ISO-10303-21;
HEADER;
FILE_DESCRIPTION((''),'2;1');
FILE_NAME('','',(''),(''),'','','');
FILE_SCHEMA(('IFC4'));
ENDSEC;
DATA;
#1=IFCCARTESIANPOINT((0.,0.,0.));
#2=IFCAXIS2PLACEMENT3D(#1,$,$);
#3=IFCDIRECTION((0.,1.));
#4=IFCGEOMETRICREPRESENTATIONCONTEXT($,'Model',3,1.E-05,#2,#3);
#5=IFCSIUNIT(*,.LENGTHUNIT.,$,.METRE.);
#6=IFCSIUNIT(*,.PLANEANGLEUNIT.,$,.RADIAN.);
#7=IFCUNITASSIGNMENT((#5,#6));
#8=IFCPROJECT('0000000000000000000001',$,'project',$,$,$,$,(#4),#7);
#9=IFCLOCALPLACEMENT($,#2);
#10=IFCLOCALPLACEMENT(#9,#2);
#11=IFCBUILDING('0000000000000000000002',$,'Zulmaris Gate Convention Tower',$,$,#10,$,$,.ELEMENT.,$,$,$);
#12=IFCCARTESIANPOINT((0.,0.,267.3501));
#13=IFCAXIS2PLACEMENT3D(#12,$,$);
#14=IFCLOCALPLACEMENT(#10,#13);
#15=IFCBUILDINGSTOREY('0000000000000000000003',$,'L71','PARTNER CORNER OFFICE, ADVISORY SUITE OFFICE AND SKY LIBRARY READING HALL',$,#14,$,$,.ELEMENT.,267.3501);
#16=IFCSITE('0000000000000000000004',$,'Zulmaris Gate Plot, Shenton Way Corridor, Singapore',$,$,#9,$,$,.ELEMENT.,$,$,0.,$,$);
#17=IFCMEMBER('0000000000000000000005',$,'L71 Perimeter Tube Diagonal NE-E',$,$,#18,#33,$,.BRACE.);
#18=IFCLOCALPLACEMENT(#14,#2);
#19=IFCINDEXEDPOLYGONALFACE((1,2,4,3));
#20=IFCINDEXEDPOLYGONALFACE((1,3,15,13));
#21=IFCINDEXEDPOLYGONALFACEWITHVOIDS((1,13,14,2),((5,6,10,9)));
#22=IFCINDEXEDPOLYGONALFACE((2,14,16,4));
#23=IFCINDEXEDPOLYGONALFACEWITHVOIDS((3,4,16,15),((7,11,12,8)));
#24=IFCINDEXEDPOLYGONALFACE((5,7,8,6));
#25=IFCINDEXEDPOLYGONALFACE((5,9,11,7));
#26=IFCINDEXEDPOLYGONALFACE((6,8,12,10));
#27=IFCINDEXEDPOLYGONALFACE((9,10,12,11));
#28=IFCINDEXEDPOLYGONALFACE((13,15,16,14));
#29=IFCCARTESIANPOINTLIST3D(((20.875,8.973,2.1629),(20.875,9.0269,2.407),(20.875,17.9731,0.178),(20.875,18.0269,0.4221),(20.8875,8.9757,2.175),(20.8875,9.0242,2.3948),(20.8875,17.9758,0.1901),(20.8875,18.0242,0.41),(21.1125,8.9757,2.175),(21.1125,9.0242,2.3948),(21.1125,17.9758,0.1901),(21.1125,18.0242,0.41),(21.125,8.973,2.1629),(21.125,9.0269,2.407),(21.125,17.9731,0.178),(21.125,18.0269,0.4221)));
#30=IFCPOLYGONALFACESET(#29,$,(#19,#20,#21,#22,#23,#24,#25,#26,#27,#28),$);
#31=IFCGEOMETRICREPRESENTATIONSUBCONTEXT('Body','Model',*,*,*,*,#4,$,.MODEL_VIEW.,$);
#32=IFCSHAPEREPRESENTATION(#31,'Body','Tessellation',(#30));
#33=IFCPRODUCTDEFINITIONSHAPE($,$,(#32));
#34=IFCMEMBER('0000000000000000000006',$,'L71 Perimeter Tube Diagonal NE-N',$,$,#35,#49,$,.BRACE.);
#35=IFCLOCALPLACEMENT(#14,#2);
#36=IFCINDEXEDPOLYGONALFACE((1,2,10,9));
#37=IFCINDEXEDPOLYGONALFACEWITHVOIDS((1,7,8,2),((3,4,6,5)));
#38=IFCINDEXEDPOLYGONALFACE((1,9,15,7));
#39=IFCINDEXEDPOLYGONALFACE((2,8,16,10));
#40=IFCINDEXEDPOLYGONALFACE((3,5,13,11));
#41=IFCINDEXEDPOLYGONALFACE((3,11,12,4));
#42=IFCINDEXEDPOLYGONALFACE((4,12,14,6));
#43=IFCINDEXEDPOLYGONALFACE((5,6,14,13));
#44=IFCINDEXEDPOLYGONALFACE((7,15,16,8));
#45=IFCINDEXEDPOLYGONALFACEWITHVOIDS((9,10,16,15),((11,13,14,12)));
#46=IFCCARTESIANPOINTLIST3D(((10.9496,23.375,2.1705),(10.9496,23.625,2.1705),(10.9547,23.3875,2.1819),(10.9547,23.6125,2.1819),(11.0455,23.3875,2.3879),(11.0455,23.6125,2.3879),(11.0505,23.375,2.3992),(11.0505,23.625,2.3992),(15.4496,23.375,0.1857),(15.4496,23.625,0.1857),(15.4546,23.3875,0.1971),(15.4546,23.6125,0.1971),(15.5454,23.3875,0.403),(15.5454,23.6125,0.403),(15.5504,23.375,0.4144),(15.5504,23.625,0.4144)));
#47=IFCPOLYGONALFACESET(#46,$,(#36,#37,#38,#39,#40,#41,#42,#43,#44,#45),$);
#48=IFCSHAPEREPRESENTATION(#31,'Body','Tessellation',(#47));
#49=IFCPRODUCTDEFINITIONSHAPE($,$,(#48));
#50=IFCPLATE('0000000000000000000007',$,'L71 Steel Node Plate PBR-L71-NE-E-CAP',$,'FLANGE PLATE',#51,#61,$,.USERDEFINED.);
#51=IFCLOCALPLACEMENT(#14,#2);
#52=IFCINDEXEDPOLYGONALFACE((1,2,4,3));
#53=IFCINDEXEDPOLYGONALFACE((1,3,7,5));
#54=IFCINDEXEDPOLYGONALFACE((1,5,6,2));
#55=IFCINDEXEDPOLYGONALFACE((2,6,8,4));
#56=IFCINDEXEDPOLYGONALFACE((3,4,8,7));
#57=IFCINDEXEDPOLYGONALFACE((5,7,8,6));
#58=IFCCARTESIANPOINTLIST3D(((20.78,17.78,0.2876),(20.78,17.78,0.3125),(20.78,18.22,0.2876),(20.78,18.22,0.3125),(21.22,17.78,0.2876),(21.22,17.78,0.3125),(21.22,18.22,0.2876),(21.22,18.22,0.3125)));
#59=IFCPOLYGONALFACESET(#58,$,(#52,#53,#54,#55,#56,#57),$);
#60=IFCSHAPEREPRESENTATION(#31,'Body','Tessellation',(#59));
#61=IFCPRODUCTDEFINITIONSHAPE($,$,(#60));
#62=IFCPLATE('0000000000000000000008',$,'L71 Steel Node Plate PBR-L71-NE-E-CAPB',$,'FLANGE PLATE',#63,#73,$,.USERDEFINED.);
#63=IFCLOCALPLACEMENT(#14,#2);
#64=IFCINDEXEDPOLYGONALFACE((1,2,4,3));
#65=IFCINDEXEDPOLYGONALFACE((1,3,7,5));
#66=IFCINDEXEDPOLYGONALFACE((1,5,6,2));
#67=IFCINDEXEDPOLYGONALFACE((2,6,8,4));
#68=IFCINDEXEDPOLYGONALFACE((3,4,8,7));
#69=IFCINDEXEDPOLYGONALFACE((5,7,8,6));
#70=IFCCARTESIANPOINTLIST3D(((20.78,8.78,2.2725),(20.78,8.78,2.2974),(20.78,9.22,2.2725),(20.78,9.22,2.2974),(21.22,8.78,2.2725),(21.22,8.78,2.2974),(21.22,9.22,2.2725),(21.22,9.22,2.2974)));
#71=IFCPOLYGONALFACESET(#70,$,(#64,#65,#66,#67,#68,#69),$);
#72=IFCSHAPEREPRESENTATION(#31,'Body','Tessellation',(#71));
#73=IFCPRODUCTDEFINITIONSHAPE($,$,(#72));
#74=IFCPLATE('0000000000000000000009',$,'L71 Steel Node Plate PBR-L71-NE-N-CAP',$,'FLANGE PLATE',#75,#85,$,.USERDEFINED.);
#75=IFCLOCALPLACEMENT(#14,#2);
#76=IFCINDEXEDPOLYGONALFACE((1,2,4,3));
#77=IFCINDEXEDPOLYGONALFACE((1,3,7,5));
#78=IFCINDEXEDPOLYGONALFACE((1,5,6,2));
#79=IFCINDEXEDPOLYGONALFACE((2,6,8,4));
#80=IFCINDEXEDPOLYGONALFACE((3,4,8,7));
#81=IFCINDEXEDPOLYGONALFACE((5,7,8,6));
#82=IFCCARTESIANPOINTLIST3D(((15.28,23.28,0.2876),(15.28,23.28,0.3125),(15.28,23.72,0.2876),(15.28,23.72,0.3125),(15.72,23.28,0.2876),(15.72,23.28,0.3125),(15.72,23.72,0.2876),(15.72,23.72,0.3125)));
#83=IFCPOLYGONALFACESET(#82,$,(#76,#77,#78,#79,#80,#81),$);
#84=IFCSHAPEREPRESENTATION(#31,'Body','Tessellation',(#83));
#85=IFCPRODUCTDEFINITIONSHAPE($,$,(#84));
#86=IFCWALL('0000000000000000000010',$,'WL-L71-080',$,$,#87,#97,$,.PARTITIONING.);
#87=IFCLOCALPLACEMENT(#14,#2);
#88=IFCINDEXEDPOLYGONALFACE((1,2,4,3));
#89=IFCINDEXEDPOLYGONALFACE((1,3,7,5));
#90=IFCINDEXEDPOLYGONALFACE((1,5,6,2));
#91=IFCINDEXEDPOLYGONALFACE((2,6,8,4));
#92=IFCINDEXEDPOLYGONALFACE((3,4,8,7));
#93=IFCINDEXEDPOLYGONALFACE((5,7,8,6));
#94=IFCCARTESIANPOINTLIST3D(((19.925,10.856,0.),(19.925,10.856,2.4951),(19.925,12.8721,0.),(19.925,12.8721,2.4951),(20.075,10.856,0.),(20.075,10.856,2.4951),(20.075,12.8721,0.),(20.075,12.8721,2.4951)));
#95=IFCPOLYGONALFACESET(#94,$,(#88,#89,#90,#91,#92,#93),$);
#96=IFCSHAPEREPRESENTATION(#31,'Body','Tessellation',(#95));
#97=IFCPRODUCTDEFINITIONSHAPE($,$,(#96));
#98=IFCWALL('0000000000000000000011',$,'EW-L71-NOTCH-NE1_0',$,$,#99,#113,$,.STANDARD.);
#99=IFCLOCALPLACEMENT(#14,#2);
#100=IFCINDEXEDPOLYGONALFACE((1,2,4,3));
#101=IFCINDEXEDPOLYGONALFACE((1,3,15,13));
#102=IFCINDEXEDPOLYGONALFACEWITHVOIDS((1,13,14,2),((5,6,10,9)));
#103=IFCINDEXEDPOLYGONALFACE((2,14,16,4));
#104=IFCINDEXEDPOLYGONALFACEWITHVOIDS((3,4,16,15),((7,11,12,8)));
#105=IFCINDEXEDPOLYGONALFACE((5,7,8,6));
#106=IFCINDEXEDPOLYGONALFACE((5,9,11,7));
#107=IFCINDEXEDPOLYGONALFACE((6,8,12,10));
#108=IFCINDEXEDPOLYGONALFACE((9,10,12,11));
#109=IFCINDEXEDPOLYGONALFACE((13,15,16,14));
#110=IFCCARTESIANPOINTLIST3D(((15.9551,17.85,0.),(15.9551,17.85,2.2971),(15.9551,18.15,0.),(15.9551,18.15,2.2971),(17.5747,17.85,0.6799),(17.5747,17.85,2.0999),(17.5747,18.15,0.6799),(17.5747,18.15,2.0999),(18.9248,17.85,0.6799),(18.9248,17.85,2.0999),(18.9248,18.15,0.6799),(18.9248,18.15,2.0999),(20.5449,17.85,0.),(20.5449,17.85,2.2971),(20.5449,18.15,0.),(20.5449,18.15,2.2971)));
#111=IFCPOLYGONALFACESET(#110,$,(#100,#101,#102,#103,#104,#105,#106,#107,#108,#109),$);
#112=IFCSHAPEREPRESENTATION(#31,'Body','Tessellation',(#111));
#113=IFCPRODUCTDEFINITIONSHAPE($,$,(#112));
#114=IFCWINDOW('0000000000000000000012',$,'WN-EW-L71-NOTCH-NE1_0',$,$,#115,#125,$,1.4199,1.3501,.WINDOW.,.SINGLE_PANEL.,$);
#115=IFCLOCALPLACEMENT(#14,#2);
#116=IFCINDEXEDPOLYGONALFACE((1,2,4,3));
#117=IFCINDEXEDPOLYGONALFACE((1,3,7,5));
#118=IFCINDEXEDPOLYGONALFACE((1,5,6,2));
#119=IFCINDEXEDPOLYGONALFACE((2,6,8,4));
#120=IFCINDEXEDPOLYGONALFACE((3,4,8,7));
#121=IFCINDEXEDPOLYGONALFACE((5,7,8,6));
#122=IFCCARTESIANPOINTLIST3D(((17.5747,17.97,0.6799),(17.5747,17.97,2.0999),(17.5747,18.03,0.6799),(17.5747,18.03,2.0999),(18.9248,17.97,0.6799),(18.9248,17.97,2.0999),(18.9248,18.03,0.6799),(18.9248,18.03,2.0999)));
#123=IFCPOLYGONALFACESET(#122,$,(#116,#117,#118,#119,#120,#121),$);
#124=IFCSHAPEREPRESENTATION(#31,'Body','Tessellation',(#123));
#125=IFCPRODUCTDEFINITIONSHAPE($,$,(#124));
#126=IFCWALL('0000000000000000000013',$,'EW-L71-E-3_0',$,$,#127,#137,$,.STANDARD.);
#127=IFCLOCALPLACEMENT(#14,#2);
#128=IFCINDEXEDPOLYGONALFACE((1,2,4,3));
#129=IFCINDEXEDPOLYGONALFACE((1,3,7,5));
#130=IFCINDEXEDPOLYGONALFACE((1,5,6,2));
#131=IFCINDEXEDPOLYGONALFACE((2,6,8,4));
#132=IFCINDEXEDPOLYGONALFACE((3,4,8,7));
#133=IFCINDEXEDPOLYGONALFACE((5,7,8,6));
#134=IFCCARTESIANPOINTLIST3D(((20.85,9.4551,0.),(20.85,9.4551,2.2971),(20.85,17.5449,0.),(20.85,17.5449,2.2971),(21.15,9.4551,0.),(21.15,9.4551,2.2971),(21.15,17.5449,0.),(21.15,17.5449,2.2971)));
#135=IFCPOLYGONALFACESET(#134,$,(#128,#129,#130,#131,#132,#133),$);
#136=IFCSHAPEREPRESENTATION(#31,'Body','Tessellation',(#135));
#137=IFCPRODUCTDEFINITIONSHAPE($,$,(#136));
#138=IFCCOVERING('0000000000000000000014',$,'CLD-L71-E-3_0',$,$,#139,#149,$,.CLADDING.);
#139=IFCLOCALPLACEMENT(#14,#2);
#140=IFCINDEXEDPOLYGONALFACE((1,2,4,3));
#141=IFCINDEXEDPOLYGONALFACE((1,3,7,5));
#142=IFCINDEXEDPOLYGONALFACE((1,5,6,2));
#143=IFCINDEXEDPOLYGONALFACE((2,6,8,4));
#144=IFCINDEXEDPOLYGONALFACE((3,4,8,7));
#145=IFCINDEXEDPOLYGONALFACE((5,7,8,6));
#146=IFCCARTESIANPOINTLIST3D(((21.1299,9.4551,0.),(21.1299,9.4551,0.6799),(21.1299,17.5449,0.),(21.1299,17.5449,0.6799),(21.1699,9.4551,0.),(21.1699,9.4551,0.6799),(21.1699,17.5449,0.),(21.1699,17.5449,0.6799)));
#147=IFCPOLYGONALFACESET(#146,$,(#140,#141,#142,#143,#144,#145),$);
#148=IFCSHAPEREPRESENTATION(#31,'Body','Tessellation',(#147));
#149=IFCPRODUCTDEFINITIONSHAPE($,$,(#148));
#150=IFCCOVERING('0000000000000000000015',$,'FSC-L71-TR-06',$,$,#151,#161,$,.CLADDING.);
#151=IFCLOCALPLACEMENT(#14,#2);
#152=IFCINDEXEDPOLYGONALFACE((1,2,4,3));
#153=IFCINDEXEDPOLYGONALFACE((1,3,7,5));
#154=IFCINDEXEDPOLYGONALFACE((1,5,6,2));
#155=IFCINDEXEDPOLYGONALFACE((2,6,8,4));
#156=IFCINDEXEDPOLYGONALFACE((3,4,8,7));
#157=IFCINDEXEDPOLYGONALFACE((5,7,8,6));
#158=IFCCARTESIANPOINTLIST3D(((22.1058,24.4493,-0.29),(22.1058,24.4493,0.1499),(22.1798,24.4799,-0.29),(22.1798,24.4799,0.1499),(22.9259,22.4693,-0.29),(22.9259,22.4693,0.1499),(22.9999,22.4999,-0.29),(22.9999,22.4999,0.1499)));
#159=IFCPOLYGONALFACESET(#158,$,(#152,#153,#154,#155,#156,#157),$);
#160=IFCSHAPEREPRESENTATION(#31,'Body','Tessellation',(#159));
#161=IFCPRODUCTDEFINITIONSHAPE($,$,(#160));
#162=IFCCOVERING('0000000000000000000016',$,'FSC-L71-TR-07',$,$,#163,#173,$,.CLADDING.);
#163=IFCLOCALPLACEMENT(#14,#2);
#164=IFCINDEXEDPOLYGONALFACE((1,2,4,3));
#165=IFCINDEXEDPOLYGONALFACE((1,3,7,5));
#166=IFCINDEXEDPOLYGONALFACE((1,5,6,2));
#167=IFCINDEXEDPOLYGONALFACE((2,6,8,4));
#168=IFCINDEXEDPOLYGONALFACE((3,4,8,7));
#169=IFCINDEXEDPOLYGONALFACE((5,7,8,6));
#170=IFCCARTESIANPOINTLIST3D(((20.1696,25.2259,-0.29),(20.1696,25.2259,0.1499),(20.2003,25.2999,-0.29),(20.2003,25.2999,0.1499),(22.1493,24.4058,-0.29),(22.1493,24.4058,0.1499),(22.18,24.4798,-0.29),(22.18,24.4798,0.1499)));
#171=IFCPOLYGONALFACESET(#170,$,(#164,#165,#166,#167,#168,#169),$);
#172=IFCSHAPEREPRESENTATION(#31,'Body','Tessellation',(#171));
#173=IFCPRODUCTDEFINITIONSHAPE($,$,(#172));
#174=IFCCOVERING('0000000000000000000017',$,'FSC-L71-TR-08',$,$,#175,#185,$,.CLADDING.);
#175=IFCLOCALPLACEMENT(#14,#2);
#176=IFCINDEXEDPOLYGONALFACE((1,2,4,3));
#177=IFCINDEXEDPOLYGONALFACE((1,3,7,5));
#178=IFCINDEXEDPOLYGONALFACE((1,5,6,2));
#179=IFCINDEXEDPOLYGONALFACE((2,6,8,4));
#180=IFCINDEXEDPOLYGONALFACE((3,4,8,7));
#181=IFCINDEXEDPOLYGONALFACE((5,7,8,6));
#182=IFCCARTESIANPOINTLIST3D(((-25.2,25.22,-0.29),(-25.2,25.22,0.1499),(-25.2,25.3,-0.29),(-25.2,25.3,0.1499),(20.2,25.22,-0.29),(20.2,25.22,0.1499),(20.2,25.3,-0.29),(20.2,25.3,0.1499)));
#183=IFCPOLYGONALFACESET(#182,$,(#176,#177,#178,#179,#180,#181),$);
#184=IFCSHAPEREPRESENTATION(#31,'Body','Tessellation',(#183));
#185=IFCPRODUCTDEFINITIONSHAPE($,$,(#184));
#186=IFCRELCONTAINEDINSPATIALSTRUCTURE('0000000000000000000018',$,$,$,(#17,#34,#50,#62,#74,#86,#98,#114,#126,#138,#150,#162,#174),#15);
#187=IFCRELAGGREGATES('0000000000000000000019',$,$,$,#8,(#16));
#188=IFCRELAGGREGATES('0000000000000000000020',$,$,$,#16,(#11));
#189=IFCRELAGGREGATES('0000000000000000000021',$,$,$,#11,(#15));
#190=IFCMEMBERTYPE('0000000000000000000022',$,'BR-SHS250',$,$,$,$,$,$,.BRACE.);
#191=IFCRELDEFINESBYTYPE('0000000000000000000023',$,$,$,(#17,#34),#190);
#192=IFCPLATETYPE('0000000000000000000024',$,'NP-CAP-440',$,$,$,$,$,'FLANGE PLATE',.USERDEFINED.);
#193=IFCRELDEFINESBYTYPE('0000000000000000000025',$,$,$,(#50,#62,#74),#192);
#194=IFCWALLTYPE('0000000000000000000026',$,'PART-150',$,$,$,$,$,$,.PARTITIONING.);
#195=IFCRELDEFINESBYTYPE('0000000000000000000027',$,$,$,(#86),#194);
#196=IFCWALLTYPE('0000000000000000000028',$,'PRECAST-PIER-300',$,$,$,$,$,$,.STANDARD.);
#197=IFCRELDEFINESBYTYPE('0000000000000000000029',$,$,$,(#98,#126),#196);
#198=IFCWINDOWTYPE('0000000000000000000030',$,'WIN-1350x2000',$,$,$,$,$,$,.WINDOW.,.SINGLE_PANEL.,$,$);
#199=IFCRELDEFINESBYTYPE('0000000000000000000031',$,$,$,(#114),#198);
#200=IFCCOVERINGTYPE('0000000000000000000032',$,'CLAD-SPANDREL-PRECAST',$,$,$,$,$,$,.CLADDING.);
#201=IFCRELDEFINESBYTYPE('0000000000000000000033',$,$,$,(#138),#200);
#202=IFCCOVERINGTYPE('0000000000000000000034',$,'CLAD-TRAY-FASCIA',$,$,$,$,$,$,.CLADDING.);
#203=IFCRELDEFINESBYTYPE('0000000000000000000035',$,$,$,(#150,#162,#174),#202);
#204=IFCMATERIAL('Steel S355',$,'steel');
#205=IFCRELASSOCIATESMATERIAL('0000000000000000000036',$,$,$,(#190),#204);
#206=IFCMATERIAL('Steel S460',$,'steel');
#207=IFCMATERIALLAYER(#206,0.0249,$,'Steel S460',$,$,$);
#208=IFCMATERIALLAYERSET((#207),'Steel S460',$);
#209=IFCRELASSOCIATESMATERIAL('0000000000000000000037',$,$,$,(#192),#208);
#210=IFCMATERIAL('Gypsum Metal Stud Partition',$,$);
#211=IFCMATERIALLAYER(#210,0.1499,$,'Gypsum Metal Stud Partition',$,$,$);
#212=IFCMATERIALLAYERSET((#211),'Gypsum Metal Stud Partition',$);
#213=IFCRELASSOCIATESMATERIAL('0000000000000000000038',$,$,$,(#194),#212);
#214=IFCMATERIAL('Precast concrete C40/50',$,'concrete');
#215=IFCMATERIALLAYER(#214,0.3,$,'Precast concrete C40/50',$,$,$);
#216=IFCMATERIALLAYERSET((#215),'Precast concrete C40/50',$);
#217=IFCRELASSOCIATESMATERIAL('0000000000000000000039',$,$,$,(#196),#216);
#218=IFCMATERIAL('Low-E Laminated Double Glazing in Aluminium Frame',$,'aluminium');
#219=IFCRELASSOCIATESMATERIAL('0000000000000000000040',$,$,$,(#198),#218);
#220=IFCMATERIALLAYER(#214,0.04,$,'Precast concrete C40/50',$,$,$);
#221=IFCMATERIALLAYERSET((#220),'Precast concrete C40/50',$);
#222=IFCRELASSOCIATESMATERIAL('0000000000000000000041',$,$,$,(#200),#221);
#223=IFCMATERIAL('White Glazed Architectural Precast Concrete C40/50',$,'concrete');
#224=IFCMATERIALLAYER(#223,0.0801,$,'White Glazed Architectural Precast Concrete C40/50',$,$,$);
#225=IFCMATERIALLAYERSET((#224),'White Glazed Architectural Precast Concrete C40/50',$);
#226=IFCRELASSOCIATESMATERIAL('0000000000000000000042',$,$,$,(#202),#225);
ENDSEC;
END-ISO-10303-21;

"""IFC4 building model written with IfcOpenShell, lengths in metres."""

from ifc_helpers import new_model, si_unit, direction, frame, frame_2d, origin, origin_2d, place, context, subcontext, project, spatial, rectangle, hollow_rectangle, extrude, material, layer, layer_set, material_profile, profile_set, type_object, element, fill, save


model = new_model("IFC4")

# Units and contexts
model_context = context("Model", 3, precision=1e-05, world=origin(), true_north=direction((0.0, 1.0)))
body_context = subcontext(model_context, "Body", "Model", "MODEL_VIEW")
ifc_project = project(units=[si_unit("LENGTHUNIT", "METRE"), si_unit("PLANEANGLEUNIT", "RADIAN")], contexts=[model_context])

# Site, building, storey
site_placement = place(None, origin())
site = spatial("IfcSite", under=ifc_project, at=site_placement, Name="Zulmaris Gate Plot, Shenton Way Corridor, Singapore", CompositionType="ELEMENT", RefElevation=0.0)
building_placement = place(site_placement, origin())
building = spatial("IfcBuilding", under=site, at=building_placement, Name="Zulmaris Gate Convention Tower", CompositionType="ELEMENT")
storey_placement = place(building_placement, frame((0.0, 0.0, 267.3501)))
storey = spatial("IfcBuildingStorey", under=building, at=storey_placement, Name="L71", Description="PARTNER CORNER OFFICE, ADVISORY SUITE OFFICE AND SKY LIBRARY READING HALL", CompositionType="ELEMENT", Elevation=267.3501)

# Shared definitions
ifc_material_1 = material(Name="Steel S355", Category="steel")

# Members
ifc_material_profile_1 = material_profile(ifc_material_1, hollow_rectangle(XDim=0.25, YDim=0.25, WallThickness=0.0125, at=origin_2d()), Name="SHS 250x250x12.5")
ifc_profile_set_1 = profile_set([ifc_material_profile_1], Name="Steel S355")
member_type = type_object("IfcMemberType", Name="BR-SHS250", PredefinedType="BRACE", material=ifc_profile_set_1)
member_1_placement = place(storey_placement, frame((21.0, 18.0, 0.3), z_axis=(0.0, -0.976534, 0.215365), x_axis=(1.0, 0.0, 0.0)))
element("IfcMember", 1, at=member_1_placement, inside=storey, type_object=member_type, Name="L71 Perimeter Tube Diagonal NE-E", PredefinedType="BRACE", context=body_context, shape_type="SweptSolid", body=[
    extrude(hollow_rectangle(XDim=0.25, YDim=0.25, WallThickness=0.0125, at=origin_2d()), origin(), (0.0, 0.0, 1.0), 9.2163),
])
member_2_placement = place(storey_placement, frame((15.5, 23.5, 0.3), z_axis=(-0.91495, 0.0, 0.403567), x_axis=(0.0, -1.0, 0.0)))
element("IfcMember", 2, at=member_2_placement, inside=storey, type_object=member_type, Name="L71 Perimeter Tube Diagonal NE-N", PredefinedType="BRACE", context=body_context, shape_type="SweptSolid", body=[
    extrude(hollow_rectangle(XDim=0.25, YDim=0.25, WallThickness=0.0125, at=origin_2d()), origin(), (0.0, 0.0, 1.0), 4.9182),
])

# Plates
ifc_material_2 = material(Name="Steel S460", Category="steel")
ifc_layer_1 = layer(ifc_material_2, 0.0249, Name="Steel S460")
ifc_layer_set_1 = layer_set([ifc_layer_1], Name="Steel S460")
plate_type = type_object("IfcPlateType", Name="NP-CAP-440", ElementType="FLANGE PLATE", PredefinedType="USERDEFINED", material=ifc_layer_set_1)
for number, where, z_axis, x_axis, name in (
    (3, (21.0, 18.0, 0.2876), (0.0, 0.0, 1.0), (1.0, 0.0, 0.0), "L71 Steel Node Plate PBR-L71-NE-E-CAP"),
    (4, (21.0, 9.0, 2.2725), (0.0, 0.0, 1.0), (1.0, 0.0, 0.0), "L71 Steel Node Plate PBR-L71-NE-E-CAPB"),
    (5, (15.5, 23.5, 0.2876), (0.0, 0.0, 1.0), (1.0, 0.0, 0.0), "L71 Steel Node Plate PBR-L71-NE-N-CAP"),
):
    element("IfcPlate", number, at=place(storey_placement, frame(where, z_axis=z_axis, x_axis=x_axis)), inside=storey, type_object=plate_type, Name=name, ObjectType="FLANGE PLATE", PredefinedType="USERDEFINED", context=body_context, shape_type="SweptSolid", body=[
        extrude(rectangle(XDim=0.4399, YDim=0.4399, at=origin_2d()), origin(), (0.0, 0.0, 1.0), 0.0249),
    ])

# Wall
ifc_material_3 = material(Name="Gypsum Metal Stud Partition")
ifc_layer_2 = layer(ifc_material_3, 0.1499, Name="Gypsum Metal Stud Partition")
ifc_layer_set_2 = layer_set([ifc_layer_2], Name="Gypsum Metal Stud Partition")
wall_type_1 = type_object("IfcWallType", Name="PART-150", PredefinedType="PARTITIONING", material=ifc_layer_set_2)
wall_1_placement = place(storey_placement, frame((20.0, 10.856, 0.0), z_axis=(0.0, 0.0, 1.0), x_axis=(0.0, 1.0, 0.0)))
element("IfcWall", 6, at=wall_1_placement, inside=storey, type_object=wall_type_1, Name="WL-L71-080", PredefinedType="PARTITIONING", context=body_context, shape_type="SweptSolid", body=[
    extrude(rectangle(XDim=2.0161, YDim=0.1499, at=frame_2d((1.0081, 0.0))), origin(), (0.0, 0.0, 1.0), 2.4951),
])

# Wall, opening, window
ifc_material_4 = material(Name="Precast concrete C40/50", Category="concrete")
ifc_layer_3 = layer(ifc_material_4, 0.3, Name="Precast concrete C40/50")
ifc_layer_set_3 = layer_set([ifc_layer_3], Name="Precast concrete C40/50")
wall_type_2 = type_object("IfcWallType", Name="PRECAST-PIER-300", PredefinedType="STANDARD", material=ifc_layer_set_3)
wall_2_placement = place(storey_placement, frame((20.5449, 18.0, 0.0), z_axis=(0.0, 0.0, 1.0), x_axis=(-1.0, 0.0, 0.0)))
wall_2 = element("IfcWall", 7, at=wall_2_placement, inside=storey, type_object=wall_type_2, Name="EW-L71-NOTCH-NE1_0", PredefinedType="STANDARD", context=body_context, shape_type="SweptSolid", body=[
    extrude(rectangle(XDim=4.5898, YDim=0.3, at=frame_2d((2.2949, 0.0))), origin(), (0.0, 0.0, 1.0), 2.2971),
])
opening_placement = place(wall_2_placement, frame((1.6201, 0.0, 0.6799)))
opening = element("IfcOpeningElement", 8, at=opening_placement, cuts=wall_2, PredefinedType="OPENING", context=body_context, shape_type="SweptSolid", body=[
    extrude(rectangle(XDim=1.3501, YDim=1.4199, at=frame_2d((0.675, 0.71))), frame((0.0, 0.1602, 0.0), z_axis=(0.0, -1.0, 0.0), x_axis=(1.0, 0.0, 0.0)), (0.0, 0.0, 1.0), 0.3201),
])
ifc_material_5 = material(Name="Low-E Laminated Double Glazing in Aluminium Frame", Category="aluminium")
window_type = type_object("IfcWindowType", Name="WIN-1350x2000", PartitioningType="SINGLE_PANEL", PredefinedType="WINDOW", material=ifc_material_5)
window_placement = place(opening_placement, origin())
window = element("IfcWindow", 9, at=window_placement, inside=storey, type_object=window_type, Name="WN-EW-L71-NOTCH-NE1_0", OverallHeight=1.4199, OverallWidth=1.3501, PartitioningType="SINGLE_PANEL", PredefinedType="WINDOW", context=body_context, shape_type="SweptSolid", body=[
    extrude(rectangle(XDim=1.3501, YDim=1.4199, at=frame_2d((0.675, 0.71))), frame((0.0, 0.03, 0.0), z_axis=(0.0, -1.0, 0.0), x_axis=(1.0, 0.0, 0.0)), (0.0, 0.0, 1.0), 0.0601),
])
fill(opening, window)

# Wall
wall_3_placement = place(storey_placement, frame((21.0, 9.4551, 0.0), z_axis=(0.0, 0.0, 1.0), x_axis=(0.0, 1.0, 0.0)))
element("IfcWall", 10, at=wall_3_placement, inside=storey, type_object=wall_type_2, Name="EW-L71-E-3_0", PredefinedType="STANDARD", context=body_context, shape_type="SweptSolid", body=[
    extrude(rectangle(XDim=8.0898, YDim=0.3, at=frame_2d((4.0449, 0.0))), origin(), (0.0, 0.0, 1.0), 2.2971),
])

# Coverings
ifc_layer_4 = layer(ifc_material_4, 0.04, Name="Precast concrete C40/50")
ifc_layer_set_4 = layer_set([ifc_layer_4], Name="Precast concrete C40/50")
covering_type_1 = type_object("IfcCoveringType", Name="CLAD-SPANDREL-PRECAST", PredefinedType="CLADDING", material=ifc_layer_set_4)
covering_1_placement = place(storey_placement, frame((21.1499, 9.4551, 0.0), z_axis=(0.0, 0.0, 1.0), x_axis=(0.0, 1.0, 0.0)))
element("IfcCovering", 11, at=covering_1_placement, inside=storey, type_object=covering_type_1, Name="CLD-L71-E-3_0", PredefinedType="CLADDING", context=body_context, shape_type="SweptSolid", body=[
    extrude(rectangle(XDim=8.0898, YDim=0.04, at=frame_2d((4.0449, 0.0))), origin(), (0.0, 0.0, 1.0), 0.6799),
])
ifc_material_6 = material(Name="White Glazed Architectural Precast Concrete C40/50", Category="concrete")
ifc_layer_5 = layer(ifc_material_6, 0.0801, Name="White Glazed Architectural Precast Concrete C40/50")
ifc_layer_set_5 = layer_set([ifc_layer_5], Name="White Glazed Architectural Precast Concrete C40/50")
covering_type_2 = type_object("IfcCoveringType", Name="CLAD-TRAY-FASCIA", PredefinedType="CLADDING", material=ifc_layer_set_5)
covering_2_placement = place(storey_placement, frame((22.9629, 22.4846, -0.29), z_axis=(0.0, 0.0, 1.0), x_axis=(-0.382657, 0.92389, 0.0)))
element("IfcCovering", 12, at=covering_2_placement, inside=storey, type_object=covering_type_2, Name="FSC-L71-TR-06", PredefinedType="CLADDING", context=body_context, shape_type="SweptSolid", body=[
    extrude(rectangle(XDim=2.1431, YDim=0.0801, at=frame_2d((1.0715, 0.0))), origin(), (0.0, 0.0, 1.0), 0.4399),
])
covering_3_placement = place(storey_placement, frame((22.1646, 24.4429, -0.29), z_axis=(0.0, 0.0, 1.0), x_axis=(-0.923874, 0.382697, 0.0)))
element("IfcCovering", 13, at=covering_3_placement, inside=storey, type_object=covering_type_2, Name="FSC-L71-TR-07", PredefinedType="CLADDING", context=body_context, shape_type="SweptSolid", body=[
    extrude(rectangle(XDim=2.1428, YDim=0.0801, at=frame_2d((1.0713, 0.0))), origin(), (0.0, 0.0, 1.0), 0.4399),
])
covering_4_placement = place(storey_placement, frame((20.2, 25.26, -0.29), z_axis=(0.0, 0.0, 1.0), x_axis=(-1.0, 0.0, 0.0)))
element("IfcCovering", 14, at=covering_4_placement, inside=storey, type_object=covering_type_2, Name="FSC-L71-TR-08", PredefinedType="CLADDING", context=body_context, shape_type="SweptSolid", body=[
    extrude(rectangle(XDim=45.3999, YDim=0.0801, at=frame_2d((22.7, 0.0))), origin(), (0.0, 0.0, 1.0), 0.4399),
])

save(model, "model.ifc")
